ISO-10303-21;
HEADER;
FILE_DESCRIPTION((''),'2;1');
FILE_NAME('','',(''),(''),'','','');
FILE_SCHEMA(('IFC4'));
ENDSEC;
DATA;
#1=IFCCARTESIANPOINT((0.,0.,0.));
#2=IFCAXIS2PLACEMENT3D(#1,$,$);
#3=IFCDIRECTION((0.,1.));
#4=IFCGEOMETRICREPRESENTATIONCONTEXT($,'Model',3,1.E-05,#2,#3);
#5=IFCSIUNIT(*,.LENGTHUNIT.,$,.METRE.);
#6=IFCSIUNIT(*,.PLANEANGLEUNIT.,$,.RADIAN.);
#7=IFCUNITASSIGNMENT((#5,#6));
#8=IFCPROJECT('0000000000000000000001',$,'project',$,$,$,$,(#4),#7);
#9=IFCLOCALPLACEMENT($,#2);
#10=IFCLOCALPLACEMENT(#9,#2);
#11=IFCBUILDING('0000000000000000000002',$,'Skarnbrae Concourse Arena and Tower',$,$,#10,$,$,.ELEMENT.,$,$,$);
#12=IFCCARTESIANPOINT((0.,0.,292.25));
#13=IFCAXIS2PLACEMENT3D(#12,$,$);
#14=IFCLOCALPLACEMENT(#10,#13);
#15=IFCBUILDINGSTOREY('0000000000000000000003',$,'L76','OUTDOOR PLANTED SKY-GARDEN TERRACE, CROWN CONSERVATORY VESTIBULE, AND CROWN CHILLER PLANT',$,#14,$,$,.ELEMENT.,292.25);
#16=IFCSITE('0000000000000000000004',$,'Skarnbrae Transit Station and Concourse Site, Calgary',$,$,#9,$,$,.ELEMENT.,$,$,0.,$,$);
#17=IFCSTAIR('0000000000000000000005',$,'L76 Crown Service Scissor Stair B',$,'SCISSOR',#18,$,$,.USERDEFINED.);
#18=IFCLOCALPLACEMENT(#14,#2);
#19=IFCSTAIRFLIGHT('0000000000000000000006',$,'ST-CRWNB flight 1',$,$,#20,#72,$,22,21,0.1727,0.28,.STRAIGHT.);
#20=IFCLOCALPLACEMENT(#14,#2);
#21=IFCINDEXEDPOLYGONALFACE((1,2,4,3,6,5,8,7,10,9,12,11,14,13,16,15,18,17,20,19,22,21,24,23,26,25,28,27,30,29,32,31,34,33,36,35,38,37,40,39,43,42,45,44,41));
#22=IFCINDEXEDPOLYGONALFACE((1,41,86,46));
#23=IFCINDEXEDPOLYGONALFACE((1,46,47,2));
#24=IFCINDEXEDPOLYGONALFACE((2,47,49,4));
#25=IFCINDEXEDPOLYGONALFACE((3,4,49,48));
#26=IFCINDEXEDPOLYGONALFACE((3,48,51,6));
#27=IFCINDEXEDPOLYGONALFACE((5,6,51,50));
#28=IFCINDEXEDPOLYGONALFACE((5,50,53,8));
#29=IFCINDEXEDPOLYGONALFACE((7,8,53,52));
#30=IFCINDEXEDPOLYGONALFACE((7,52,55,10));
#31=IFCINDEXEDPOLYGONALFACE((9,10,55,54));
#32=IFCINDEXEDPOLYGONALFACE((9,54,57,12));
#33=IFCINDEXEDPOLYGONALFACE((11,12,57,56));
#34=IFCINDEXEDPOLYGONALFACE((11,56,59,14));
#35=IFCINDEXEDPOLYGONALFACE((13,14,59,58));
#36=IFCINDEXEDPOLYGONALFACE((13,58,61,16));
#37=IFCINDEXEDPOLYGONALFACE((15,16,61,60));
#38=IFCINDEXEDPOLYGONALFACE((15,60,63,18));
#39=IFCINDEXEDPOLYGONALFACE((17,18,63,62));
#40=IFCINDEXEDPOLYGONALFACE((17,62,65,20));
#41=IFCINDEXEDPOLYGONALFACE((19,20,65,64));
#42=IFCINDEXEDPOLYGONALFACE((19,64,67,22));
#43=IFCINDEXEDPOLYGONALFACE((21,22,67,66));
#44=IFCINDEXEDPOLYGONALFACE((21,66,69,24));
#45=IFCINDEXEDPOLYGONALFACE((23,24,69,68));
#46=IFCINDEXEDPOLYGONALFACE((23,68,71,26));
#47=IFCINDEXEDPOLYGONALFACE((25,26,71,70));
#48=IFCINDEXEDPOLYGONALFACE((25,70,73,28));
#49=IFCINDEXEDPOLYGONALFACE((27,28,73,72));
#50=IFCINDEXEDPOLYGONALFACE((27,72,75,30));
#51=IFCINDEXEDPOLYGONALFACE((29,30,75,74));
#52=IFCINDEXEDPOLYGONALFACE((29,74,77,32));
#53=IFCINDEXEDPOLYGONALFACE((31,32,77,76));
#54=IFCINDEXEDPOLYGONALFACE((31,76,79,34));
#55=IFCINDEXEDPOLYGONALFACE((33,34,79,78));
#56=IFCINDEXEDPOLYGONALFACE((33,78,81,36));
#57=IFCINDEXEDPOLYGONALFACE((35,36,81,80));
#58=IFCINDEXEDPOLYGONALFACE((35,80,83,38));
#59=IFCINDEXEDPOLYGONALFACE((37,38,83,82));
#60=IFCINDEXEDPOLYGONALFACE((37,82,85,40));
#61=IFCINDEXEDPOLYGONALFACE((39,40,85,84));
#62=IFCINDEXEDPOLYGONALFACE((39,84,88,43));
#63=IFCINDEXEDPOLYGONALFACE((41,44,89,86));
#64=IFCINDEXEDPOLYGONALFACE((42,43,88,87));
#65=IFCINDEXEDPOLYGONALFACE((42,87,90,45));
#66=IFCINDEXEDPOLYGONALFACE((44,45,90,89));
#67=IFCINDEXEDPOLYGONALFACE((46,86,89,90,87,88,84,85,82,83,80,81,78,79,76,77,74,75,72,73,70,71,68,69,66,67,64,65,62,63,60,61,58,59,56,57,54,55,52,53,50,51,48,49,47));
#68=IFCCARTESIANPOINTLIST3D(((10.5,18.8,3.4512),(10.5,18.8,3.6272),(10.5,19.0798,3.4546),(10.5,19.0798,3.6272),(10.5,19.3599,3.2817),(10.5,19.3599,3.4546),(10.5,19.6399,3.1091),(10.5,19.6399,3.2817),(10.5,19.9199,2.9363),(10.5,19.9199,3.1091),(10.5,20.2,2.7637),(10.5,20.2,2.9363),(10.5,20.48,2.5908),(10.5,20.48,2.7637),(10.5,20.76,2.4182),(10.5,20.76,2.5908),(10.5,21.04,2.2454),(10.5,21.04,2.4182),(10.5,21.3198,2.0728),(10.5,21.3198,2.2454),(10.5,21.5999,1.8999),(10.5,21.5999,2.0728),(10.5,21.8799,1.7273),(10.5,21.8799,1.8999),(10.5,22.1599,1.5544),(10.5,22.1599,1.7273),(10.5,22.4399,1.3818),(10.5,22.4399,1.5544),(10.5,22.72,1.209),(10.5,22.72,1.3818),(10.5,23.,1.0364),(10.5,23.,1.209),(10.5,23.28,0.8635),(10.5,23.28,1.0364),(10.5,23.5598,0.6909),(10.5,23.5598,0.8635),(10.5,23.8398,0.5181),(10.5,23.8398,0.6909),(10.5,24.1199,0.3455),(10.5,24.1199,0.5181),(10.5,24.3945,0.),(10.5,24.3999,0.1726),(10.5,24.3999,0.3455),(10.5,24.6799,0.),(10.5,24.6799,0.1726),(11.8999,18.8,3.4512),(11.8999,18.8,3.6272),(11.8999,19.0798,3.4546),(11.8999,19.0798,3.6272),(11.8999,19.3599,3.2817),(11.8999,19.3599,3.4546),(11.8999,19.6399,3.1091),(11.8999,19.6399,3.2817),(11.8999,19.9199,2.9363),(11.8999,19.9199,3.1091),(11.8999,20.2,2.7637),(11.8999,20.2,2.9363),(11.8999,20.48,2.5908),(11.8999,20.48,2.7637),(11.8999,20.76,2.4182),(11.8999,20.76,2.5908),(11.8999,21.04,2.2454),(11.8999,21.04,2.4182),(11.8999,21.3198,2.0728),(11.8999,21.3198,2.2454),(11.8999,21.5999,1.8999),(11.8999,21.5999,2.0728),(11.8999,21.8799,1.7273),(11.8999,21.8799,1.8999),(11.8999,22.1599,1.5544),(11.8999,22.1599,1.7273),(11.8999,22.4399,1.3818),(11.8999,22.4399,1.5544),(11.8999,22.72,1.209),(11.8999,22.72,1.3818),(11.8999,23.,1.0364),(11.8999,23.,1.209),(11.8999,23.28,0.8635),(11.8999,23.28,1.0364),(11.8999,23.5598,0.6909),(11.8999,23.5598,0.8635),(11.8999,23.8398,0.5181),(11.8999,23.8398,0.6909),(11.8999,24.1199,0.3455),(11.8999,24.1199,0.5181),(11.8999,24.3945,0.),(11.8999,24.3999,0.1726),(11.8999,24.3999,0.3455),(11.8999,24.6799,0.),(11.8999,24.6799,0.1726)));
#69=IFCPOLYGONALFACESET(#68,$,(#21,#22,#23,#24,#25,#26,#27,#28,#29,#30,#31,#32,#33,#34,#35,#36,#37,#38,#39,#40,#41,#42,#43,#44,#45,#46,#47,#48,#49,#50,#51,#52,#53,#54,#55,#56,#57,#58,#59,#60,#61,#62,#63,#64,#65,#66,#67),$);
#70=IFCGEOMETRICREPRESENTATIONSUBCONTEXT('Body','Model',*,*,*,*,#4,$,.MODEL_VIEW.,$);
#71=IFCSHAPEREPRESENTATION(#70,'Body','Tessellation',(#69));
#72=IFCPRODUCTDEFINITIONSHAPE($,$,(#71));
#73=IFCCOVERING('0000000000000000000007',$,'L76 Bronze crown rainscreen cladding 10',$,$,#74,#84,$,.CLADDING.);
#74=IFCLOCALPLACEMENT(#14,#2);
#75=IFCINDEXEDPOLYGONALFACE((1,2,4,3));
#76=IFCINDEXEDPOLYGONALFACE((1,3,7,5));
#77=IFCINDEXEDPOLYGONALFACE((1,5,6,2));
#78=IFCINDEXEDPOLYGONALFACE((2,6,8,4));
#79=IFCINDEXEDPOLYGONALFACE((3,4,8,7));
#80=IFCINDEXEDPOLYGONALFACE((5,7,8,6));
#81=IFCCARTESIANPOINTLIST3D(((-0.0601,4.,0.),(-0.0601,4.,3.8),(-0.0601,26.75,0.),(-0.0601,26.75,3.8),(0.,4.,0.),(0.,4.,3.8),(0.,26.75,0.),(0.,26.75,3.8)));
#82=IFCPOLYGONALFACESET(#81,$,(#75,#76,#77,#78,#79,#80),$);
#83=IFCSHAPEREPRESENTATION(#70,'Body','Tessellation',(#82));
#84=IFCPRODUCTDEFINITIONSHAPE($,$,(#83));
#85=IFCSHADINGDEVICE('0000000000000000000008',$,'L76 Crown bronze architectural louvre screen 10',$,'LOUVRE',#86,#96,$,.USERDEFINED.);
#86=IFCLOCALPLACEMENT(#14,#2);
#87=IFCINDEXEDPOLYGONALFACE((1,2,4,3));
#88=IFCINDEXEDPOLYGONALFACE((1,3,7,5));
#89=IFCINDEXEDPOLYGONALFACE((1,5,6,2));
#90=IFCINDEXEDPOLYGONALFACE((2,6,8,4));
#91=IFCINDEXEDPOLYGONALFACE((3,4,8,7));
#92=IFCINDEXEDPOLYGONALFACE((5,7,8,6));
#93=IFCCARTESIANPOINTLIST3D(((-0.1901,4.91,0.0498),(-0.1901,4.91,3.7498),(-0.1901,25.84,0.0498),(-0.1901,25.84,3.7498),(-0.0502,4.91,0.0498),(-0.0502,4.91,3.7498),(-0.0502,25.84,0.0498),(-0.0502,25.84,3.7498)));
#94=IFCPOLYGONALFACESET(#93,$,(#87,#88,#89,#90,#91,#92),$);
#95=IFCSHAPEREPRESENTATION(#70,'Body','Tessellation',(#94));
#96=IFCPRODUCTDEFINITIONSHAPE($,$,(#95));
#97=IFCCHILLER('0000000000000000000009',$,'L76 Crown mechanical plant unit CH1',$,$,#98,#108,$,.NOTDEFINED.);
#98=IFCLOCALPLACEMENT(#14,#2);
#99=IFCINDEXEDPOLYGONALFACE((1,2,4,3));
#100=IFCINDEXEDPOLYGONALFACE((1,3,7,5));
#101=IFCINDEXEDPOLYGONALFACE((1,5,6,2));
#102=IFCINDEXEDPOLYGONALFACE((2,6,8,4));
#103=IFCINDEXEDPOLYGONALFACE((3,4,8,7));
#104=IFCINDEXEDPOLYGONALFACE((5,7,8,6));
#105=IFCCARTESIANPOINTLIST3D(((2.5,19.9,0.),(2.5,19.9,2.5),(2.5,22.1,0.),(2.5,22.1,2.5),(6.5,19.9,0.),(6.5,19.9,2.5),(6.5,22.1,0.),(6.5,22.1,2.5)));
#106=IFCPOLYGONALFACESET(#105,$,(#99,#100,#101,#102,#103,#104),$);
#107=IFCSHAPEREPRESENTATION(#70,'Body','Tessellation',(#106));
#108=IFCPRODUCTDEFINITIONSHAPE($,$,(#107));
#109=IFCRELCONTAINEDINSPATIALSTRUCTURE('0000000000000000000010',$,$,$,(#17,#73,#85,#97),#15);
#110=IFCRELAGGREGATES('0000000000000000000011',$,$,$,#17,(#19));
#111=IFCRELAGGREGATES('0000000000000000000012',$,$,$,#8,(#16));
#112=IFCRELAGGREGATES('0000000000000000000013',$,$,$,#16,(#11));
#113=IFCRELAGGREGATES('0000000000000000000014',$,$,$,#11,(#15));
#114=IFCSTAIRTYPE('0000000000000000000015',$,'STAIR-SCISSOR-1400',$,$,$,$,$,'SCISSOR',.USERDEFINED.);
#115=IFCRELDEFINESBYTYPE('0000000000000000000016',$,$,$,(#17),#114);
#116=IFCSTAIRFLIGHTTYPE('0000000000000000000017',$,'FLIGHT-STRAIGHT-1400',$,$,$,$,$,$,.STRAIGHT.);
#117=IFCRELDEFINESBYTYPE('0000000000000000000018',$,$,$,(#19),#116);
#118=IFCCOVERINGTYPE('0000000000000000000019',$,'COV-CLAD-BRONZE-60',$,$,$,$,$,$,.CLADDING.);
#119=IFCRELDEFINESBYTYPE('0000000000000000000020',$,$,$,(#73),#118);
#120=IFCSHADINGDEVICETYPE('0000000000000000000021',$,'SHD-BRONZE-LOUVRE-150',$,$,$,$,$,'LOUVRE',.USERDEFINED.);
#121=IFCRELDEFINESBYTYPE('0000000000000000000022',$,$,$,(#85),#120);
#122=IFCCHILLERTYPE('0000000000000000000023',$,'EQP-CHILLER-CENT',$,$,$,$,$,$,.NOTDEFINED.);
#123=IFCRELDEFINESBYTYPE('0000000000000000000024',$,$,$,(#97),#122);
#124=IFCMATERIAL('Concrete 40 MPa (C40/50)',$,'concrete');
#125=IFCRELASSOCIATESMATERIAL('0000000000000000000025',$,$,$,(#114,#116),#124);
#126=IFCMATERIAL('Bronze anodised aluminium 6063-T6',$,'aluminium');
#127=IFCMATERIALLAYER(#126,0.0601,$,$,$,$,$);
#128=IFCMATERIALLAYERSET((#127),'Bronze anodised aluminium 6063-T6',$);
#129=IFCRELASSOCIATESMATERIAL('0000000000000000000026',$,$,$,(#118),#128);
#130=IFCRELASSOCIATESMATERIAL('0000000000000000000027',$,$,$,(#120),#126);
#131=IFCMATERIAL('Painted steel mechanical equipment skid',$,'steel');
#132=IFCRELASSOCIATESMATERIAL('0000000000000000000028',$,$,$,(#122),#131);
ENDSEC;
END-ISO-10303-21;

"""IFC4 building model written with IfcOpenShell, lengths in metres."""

from ifc_helpers import new_model, si_unit, direction, frame, origin, origin_2d, place, context, subcontext, project, spatial, polyline, rectangle, outline, extrude, source, transform, mapped, material, layer, layer_set, type_object, element, aggregate, save


model = new_model("IFC4")

# Units and contexts
model_context = context("Model", 3, precision=1e-05, world=origin(), true_north=direction((0.0, 1.0)))
body_context = subcontext(model_context, "Body", "Model", "MODEL_VIEW")
ifc_project = project(units=[si_unit("LENGTHUNIT", "METRE"), si_unit("PLANEANGLEUNIT", "RADIAN")], contexts=[model_context])

# Site, building, storey
site_placement = place(None, origin())
site = spatial("IfcSite", under=ifc_project, at=site_placement, Name="Skarnbrae Transit Station and Concourse Site, Calgary", CompositionType="ELEMENT", RefElevation=0.0)
building_placement = place(site_placement, origin())
building = spatial("IfcBuilding", under=site, at=building_placement, Name="Skarnbrae Concourse Arena and Tower", CompositionType="ELEMENT")
storey_placement = place(building_placement, frame((0.0, 0.0, 292.25)))
storey = spatial("IfcBuildingStorey", under=building, at=storey_placement, Name="L76", Description="OUTDOOR PLANTED SKY-GARDEN TERRACE, CROWN CONSERVATORY VESTIBULE, AND CROWN CHILLER PLANT", CompositionType="ELEMENT", Elevation=292.25)

# Stair, stair flight
ifc_material_1 = material(Name="Concrete 40 MPa (C40/50)", Category="concrete")
stair_type = type_object("IfcStairType", Name="STAIR-SCISSOR-1400", ElementType="SCISSOR", PredefinedType="USERDEFINED", material=ifc_material_1)
stair_flight_type = type_object("IfcStairFlightType", Name="FLIGHT-STRAIGHT-1400", PredefinedType="STRAIGHT", material=ifc_material_1)
shared_shape_1 = source(origin(), body_context, "Body", "SweptSolid", [
    extrude(outline(polyline([(0.0, 0.0), (0.0, 0.1726), (0.28, 0.1726), (0.28, 0.3455), (0.5601, 0.3455), (0.5601, 0.5181), (0.8401, 0.5181), (0.8401, 0.6909), (1.1201, 0.6909), (1.1201, 0.8635), (1.3999, 0.8635), (1.3999, 1.0364), (1.6799, 1.0364), (1.6799, 1.209), (1.96, 1.209), (1.96, 1.3818), (2.24, 1.3818), (2.24, 1.5544), (2.52, 1.5544), (2.52, 1.7273), (2.8, 1.7273), (2.8, 1.8999), (3.0801, 1.8999), (3.0801, 2.0728), (3.3601, 2.0728), (3.3601, 2.2454), (3.6399, 2.2454), (3.6399, 2.4182), (3.9199, 2.4182), (3.9199, 2.5908), (4.2, 2.5908), (4.2, 2.7637), (4.48, 2.7637), (4.48, 2.9363), (4.76, 2.9363), (4.76, 3.1091), (5.04, 3.1091), (5.04, 3.2817), (5.3201, 3.2817), (5.3201, 3.4546), (5.6001, 3.4546), (5.6001, 3.6272), (5.8799, 3.6272), (5.8799, 3.8), (5.8799, 3.4512), (0.2854, 0.0), (0.0, 0.0)])), frame((0.0, 0.7, 0.0), z_axis=(0.0, -1.0, 0.0), x_axis=(1.0, 0.0, 0.0)), (0.0, 0.0, 1.0), 1.3999),
])
stair_1_placement = place(storey_placement, origin())
stair_1 = element("IfcStair", 1, at=stair_1_placement, inside=storey, type_object=stair_type, Name="L76 Crown Service Scissor Stair B", ObjectType="SCISSOR", PredefinedType="USERDEFINED")
stair_flight_1_placement = place(storey_placement, frame((11.2, 24.6799, 0.0), z_axis=(0.0, 0.0, 1.0), x_axis=(0.0, -1.0, 0.0)))
stair_flight_1 = element("IfcStairFlight", 2, at=stair_flight_1_placement, type_object=stair_flight_type, Name="ST-CRWNB flight 1", NumberOfRisers=22, NumberOfTreads=21, PredefinedType="STRAIGHT", RiserHeight=0.1727, TreadLength=0.28, context=body_context, shape_type="MappedRepresentation", body=[
    mapped(shared_shape_1, transform((0.0, 0.0, 0.0))),
])
aggregate(stair_1, [stair_flight_1])

# Covering
ifc_material_2 = material(Name="Bronze anodised aluminium 6063-T6", Category="aluminium")
ifc_layer_1 = layer(ifc_material_2, 0.0601)
ifc_layer_set_1 = layer_set([ifc_layer_1], Name="Bronze anodised aluminium 6063-T6")
covering_type = type_object("IfcCoveringType", Name="COV-CLAD-BRONZE-60", PredefinedType="CLADDING", material=ifc_layer_set_1)
shared_shape_2 = source(origin(), body_context, "Body", "SweptSolid", [
    extrude(rectangle(XDim=22.75, YDim=0.0601, at=origin_2d()), origin(), (0.0, 0.0, 1.0), 3.8),
])
covering_placement = place(storey_placement, frame((-0.03, 15.375, 0.0), z_axis=(0.0, 0.0, 1.0), x_axis=(0.0, -1.0, 0.0)))
element("IfcCovering", 3, at=covering_placement, inside=storey, type_object=covering_type, Name="L76 Bronze crown rainscreen cladding 10", PredefinedType="CLADDING", context=body_context, shape_type="MappedRepresentation", body=[
    mapped(shared_shape_2, transform((0.0, 0.0, 0.0))),
])

# Shading device
shading_device_type = type_object("IfcShadingDeviceType", Name="SHD-BRONZE-LOUVRE-150", ElementType="LOUVRE", PredefinedType="USERDEFINED", material=ifc_material_2)
shared_shape_3 = source(origin(), body_context, "Body", "SweptSolid", [
    extrude(rectangle(XDim=20.9299, YDim=0.1399, at=origin_2d()), origin(), (0.0, 0.0, 1.0), 3.7),
])
shading_device_placement = place(storey_placement, frame((-0.1201, 15.375, 0.0498), z_axis=(0.0, 0.0, 1.0), x_axis=(0.0, -1.0, 0.0)))
element("IfcShadingDevice", 4, at=shading_device_placement, inside=storey, type_object=shading_device_type, Name="L76 Crown bronze architectural louvre screen 10", ObjectType="LOUVRE", PredefinedType="USERDEFINED", context=body_context, shape_type="MappedRepresentation", body=[
    mapped(shared_shape_3, transform((0.0, 0.0, 0.0))),
])

# Chiller
ifc_material_3 = material(Name="Painted steel mechanical equipment skid", Category="steel")
chiller_type = type_object("IfcChillerType", Name="EQP-CHILLER-CENT", PredefinedType="NOTDEFINED", material=ifc_material_3)
shared_shape_4 = source(origin(), body_context, "Body", "SweptSolid", [
    extrude(rectangle(XDim=4.0, YDim=2.2, at=origin_2d()), origin(), (0.0, 0.0, 1.0), 2.5),
])
chiller_placement = place(storey_placement, frame((4.5, 21.0, 0.0), z_axis=(0.0, 0.0, 1.0), x_axis=(1.0, 0.0, 0.0)))
element("IfcChiller", 5, at=chiller_placement, inside=storey, type_object=chiller_type, Name="L76 Crown mechanical plant unit CH1", PredefinedType="NOTDEFINED", context=body_context, shape_type="MappedRepresentation", body=[
    mapped(shared_shape_4, transform((0.0, 0.0, 0.0))),
])

save(model, "model.ifc")
